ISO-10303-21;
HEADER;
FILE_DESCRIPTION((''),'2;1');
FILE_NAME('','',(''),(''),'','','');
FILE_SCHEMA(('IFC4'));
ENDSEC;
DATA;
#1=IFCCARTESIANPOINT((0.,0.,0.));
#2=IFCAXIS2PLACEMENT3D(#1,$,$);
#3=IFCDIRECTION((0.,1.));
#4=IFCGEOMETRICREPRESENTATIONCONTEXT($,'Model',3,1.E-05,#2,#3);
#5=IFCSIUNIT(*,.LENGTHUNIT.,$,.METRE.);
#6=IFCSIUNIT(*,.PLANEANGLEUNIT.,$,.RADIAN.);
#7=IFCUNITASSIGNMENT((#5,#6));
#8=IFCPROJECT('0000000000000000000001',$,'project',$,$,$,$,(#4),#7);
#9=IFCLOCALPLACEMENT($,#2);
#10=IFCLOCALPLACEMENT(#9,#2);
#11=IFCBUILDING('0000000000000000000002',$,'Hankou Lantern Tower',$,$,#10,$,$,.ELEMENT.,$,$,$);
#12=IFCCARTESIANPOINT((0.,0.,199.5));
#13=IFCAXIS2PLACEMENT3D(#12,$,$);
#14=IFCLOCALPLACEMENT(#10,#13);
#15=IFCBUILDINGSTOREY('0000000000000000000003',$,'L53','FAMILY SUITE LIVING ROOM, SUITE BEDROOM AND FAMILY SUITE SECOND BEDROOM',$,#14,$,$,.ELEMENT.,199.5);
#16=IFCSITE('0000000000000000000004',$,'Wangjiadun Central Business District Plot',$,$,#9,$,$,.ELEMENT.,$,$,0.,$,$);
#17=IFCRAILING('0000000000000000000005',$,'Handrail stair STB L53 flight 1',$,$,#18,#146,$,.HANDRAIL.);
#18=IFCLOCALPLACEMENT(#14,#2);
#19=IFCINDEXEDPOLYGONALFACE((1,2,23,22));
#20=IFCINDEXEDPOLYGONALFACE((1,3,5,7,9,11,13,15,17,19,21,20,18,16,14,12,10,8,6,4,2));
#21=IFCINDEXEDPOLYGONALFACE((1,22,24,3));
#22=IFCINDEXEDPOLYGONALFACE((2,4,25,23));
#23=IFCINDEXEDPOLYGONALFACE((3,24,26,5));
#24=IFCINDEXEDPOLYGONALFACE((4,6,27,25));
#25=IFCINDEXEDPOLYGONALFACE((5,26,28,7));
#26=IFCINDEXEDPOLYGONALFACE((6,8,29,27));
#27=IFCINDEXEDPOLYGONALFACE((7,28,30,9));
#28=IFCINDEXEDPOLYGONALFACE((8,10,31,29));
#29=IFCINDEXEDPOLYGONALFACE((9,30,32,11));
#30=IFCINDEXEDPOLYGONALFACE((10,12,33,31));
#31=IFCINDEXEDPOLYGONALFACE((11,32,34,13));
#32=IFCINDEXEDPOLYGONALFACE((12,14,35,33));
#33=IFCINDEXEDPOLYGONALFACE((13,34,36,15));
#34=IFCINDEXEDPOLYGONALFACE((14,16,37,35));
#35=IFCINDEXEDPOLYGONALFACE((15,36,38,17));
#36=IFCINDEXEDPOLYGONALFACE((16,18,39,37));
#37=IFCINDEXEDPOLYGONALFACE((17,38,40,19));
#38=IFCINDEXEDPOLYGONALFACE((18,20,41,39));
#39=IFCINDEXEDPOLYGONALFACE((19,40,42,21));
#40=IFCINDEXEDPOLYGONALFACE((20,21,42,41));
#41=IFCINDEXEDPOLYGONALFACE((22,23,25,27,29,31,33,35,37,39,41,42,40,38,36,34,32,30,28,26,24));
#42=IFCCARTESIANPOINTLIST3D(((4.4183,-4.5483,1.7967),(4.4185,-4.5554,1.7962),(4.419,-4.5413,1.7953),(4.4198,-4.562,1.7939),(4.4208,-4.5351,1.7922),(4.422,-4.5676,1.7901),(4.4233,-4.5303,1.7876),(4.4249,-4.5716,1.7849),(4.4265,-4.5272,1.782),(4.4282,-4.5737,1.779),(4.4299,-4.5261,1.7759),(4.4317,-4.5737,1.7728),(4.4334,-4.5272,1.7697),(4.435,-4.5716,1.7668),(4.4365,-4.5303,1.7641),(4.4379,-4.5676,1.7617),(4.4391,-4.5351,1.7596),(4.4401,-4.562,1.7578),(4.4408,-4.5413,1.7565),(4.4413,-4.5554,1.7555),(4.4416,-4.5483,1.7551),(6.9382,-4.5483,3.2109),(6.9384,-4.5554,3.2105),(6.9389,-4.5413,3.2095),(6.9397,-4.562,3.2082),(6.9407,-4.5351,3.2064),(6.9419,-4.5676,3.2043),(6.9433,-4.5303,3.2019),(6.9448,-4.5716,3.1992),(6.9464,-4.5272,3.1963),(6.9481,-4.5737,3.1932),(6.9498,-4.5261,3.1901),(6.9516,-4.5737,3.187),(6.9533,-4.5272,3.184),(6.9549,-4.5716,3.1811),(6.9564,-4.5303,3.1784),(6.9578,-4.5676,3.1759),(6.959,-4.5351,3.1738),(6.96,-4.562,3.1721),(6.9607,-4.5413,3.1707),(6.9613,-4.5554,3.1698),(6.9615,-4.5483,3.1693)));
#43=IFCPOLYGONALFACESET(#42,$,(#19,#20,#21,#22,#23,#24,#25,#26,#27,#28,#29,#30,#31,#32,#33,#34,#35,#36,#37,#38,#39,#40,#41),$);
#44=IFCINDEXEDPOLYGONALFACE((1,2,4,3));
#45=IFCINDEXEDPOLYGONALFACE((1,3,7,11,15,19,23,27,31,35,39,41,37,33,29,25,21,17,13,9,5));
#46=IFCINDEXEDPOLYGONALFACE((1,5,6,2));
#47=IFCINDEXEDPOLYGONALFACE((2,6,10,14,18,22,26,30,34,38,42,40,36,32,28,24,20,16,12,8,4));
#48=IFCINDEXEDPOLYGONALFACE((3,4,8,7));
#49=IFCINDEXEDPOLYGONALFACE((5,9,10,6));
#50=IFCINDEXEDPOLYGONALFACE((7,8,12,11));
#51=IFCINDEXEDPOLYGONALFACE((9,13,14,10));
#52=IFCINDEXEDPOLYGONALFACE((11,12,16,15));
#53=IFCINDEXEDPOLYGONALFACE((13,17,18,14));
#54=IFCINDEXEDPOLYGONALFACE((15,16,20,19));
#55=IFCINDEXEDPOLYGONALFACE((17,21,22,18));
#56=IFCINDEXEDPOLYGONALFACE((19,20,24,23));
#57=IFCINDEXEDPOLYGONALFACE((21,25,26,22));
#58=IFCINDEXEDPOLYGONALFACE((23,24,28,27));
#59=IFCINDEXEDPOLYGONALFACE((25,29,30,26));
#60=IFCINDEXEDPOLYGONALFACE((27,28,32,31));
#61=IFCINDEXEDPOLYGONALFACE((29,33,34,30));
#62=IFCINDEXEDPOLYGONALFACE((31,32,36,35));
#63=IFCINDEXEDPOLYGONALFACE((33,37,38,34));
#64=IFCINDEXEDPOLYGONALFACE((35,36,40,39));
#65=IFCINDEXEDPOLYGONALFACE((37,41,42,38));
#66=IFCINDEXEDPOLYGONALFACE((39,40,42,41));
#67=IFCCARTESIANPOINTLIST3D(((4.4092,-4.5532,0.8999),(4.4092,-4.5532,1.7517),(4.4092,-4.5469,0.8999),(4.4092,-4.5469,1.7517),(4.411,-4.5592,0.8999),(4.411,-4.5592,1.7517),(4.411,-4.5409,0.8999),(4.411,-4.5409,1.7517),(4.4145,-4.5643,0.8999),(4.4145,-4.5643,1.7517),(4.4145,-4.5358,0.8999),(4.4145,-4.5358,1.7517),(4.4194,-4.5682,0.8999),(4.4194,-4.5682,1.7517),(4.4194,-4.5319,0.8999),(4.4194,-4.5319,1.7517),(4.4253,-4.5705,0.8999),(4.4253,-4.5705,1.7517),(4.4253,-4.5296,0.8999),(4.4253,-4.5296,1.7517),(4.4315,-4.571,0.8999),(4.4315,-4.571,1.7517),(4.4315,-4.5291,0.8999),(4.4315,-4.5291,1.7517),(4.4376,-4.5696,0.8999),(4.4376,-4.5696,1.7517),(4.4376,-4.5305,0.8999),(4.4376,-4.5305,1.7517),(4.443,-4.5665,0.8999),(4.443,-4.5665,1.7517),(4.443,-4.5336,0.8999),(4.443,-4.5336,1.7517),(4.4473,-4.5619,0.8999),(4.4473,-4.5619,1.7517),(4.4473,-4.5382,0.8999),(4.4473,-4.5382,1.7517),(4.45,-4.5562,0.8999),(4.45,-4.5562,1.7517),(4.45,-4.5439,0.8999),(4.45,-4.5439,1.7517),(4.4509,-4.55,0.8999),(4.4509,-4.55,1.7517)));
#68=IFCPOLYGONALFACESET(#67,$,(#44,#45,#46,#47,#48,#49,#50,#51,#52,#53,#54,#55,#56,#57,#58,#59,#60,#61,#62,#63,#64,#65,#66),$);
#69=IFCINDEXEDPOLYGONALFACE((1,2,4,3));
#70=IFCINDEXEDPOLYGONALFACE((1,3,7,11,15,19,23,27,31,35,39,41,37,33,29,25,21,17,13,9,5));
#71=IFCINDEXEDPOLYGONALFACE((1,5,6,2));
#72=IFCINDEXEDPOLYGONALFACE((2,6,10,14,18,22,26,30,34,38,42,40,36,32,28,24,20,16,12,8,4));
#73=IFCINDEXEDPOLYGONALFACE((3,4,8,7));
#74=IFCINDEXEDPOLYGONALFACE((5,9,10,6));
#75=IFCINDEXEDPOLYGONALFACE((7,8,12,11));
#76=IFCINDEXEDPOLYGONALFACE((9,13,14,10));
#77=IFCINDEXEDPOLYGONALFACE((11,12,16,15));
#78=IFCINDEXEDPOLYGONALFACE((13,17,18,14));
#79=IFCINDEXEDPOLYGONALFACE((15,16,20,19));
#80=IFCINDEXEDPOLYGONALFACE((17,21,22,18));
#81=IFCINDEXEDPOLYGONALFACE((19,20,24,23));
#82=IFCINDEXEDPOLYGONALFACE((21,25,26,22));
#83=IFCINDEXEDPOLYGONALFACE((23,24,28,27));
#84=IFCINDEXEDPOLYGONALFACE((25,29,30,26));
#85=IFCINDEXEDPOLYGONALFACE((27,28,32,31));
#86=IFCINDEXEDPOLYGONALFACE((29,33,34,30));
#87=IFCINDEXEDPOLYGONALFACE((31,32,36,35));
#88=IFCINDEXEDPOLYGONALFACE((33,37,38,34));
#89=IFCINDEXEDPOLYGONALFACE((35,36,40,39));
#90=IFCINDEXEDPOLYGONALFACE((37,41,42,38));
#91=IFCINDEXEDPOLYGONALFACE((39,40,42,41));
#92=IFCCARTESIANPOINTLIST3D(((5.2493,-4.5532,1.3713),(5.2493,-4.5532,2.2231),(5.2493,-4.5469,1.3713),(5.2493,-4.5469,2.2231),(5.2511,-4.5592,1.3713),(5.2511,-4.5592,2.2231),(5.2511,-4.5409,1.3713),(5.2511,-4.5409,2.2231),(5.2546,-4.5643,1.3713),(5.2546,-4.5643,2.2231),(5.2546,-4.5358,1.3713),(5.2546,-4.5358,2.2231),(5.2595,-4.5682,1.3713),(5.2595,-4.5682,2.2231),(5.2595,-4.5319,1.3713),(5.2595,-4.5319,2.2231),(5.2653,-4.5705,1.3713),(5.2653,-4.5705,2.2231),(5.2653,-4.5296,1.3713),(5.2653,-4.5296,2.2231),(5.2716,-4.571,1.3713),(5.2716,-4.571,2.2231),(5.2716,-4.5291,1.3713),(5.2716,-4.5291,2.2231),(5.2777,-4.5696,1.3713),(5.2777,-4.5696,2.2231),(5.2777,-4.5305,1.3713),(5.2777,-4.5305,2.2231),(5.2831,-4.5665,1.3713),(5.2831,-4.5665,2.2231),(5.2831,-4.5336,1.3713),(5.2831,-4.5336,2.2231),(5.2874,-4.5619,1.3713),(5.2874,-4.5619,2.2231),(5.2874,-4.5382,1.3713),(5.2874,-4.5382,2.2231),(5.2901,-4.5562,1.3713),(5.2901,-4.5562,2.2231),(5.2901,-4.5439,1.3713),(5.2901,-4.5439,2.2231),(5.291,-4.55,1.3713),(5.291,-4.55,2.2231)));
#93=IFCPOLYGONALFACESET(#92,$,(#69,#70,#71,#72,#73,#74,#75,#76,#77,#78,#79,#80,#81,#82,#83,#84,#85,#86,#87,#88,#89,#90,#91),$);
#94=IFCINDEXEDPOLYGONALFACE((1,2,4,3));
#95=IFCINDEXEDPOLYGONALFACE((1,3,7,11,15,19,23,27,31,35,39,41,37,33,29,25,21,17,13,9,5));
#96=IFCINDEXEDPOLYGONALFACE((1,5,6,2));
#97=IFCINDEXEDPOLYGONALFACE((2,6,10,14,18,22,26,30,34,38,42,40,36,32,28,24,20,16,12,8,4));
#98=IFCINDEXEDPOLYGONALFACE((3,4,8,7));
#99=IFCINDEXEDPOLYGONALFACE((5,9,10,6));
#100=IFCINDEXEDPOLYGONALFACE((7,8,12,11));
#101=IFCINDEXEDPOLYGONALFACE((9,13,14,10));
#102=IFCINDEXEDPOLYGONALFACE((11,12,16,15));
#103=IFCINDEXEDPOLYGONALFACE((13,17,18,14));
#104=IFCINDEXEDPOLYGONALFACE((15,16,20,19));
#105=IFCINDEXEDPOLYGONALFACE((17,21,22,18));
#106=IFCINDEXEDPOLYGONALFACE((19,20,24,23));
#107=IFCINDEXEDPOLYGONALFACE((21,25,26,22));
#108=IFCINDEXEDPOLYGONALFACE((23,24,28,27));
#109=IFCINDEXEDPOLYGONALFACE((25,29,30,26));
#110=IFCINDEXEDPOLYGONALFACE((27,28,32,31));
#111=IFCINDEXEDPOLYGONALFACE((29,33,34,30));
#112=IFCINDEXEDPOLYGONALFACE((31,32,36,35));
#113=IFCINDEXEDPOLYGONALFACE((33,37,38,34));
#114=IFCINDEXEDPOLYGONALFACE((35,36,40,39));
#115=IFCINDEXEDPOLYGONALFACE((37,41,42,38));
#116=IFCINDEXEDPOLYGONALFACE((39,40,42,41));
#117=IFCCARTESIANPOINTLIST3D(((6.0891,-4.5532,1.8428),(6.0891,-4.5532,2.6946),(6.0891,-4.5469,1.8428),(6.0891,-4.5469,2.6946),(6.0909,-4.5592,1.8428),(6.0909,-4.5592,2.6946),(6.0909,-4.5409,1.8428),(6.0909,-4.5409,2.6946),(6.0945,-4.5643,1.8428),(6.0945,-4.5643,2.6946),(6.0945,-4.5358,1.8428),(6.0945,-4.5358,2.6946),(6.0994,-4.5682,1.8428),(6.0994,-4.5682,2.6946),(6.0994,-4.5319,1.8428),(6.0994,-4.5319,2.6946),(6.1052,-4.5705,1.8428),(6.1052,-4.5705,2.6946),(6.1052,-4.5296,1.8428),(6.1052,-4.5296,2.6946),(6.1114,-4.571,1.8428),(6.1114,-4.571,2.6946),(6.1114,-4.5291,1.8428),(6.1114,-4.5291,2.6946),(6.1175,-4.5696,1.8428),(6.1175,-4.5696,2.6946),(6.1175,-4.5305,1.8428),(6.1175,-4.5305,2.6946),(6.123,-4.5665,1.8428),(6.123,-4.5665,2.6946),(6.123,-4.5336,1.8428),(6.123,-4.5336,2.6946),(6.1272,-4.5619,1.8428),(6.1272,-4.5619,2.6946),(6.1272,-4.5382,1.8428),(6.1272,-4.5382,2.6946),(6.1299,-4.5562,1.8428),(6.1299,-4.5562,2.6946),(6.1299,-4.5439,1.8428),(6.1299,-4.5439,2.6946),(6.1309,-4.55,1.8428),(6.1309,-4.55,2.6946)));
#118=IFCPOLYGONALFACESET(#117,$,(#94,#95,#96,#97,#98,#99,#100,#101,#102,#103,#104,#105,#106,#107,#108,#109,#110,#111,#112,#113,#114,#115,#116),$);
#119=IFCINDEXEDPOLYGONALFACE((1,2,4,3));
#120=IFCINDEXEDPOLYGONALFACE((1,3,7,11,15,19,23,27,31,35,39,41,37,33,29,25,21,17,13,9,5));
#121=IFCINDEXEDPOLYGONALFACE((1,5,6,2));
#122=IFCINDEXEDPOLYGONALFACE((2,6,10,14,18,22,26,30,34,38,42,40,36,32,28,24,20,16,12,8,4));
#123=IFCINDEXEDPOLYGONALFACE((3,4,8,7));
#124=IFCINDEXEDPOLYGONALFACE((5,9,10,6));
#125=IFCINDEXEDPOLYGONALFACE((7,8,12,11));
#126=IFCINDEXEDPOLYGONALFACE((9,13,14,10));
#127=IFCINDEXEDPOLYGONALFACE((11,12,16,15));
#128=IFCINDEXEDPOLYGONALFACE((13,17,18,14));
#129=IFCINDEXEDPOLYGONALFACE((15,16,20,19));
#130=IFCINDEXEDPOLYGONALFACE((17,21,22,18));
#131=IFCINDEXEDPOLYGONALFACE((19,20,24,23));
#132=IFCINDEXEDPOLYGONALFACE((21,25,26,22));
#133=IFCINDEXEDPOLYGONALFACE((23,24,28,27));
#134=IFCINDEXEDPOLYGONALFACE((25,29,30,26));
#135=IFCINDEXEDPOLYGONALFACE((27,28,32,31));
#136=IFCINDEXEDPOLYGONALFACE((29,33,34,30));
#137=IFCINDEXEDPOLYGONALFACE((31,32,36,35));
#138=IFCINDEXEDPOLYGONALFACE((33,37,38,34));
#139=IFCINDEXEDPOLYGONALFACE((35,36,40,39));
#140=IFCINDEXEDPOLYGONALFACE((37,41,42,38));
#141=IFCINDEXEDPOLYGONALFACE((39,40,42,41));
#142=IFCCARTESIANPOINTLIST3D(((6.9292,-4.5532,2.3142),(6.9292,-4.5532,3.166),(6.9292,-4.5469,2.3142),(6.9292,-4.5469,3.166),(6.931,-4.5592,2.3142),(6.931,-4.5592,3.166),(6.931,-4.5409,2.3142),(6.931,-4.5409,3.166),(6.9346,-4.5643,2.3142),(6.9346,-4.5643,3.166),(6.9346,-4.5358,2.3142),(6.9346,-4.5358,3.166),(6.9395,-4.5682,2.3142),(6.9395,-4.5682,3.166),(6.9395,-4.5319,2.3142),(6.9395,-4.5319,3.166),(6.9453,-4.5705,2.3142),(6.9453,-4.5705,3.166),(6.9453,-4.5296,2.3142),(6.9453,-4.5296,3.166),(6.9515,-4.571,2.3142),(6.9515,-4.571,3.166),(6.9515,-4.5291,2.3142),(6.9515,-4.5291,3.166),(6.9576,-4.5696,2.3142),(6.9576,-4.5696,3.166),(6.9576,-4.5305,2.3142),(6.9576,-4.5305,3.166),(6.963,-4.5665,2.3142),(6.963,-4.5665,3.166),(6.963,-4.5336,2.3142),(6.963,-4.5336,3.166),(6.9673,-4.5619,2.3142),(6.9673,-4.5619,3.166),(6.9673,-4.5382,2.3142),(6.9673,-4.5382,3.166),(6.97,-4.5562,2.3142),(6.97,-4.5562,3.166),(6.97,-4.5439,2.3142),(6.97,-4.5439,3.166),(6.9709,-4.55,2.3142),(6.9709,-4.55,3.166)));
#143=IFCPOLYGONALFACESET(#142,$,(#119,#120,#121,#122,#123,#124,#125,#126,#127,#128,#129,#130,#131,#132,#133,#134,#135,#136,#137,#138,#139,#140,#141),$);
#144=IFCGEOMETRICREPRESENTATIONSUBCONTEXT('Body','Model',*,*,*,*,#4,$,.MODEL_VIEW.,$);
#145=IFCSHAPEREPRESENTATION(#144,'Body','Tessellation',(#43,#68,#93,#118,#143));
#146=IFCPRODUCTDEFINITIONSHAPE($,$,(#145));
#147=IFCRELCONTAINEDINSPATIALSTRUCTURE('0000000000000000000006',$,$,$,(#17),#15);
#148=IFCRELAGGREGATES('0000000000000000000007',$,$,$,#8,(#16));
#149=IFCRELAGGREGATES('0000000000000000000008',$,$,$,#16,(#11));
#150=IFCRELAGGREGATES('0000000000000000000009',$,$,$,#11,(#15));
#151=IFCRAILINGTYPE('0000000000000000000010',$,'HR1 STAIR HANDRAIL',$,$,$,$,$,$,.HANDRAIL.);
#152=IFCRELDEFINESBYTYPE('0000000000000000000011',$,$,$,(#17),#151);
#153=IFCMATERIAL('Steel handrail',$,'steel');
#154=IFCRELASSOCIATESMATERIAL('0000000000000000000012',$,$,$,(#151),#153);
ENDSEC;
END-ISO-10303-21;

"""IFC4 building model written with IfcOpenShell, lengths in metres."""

from ifc_helpers import new_model, si_unit, direction, frame, origin, origin_2d, place, context, subcontext, project, spatial, circle, extrude, material, type_object, element, save


model = new_model("IFC4")

# Units and contexts
model_context = context("Model", 3, precision=1e-05, world=origin(), true_north=direction((0.0, 1.0)))
body_context = subcontext(model_context, "Body", "Model", "MODEL_VIEW")
ifc_project = project(units=[si_unit("LENGTHUNIT", "METRE"), si_unit("PLANEANGLEUNIT", "RADIAN")], contexts=[model_context])

# Site, building, storey
site_placement = place(None, origin())
site = spatial("IfcSite", under=ifc_project, at=site_placement, Name="Wangjiadun Central Business District Plot", CompositionType="ELEMENT", RefElevation=0.0)
building_placement = place(site_placement, origin())
building = spatial("IfcBuilding", under=site, at=building_placement, Name="Hankou Lantern Tower", CompositionType="ELEMENT")
storey_placement = place(building_placement, frame((0.0, 0.0, 199.5)))
storey = spatial("IfcBuildingStorey", under=building, at=storey_placement, Name="L53", Description="FAMILY SUITE LIVING ROOM, SUITE BEDROOM AND FAMILY SUITE SECOND BEDROOM", CompositionType="ELEMENT", Elevation=199.5)

# Railing
ifc_material_1 = material(Name="Steel handrail", Category="steel")
railing_type = type_object("IfcRailingType", Name="HR1 STAIR HANDRAIL", PredefinedType="HANDRAIL", material=ifc_material_1)
railing_1_placement = place(storey_placement, frame((4.4299, -4.55, 0.8999)))
element("IfcRailing", 1, at=railing_1_placement, inside=storey, type_object=railing_type, Name="Handrail stair STB L53 flight 1", PredefinedType="HANDRAIL", context=body_context, shape_type="SweptSolid", body=[
    extrude(circle(Radius=0.0239, at=origin_2d()), frame((0.0, 0.0, 0.876), z_axis=(0.872049, 0.0, 0.489419), x_axis=(0.0, 1.0, 0.0)), (0.0, 0.0, 1.0), 2.8896),
    extrude(circle(Radius=0.021, at=origin_2d()), origin(), (0.0, 0.0, 1.0), 0.8518),
    extrude(circle(Radius=0.021, at=origin_2d()), frame((0.8401, 0.0, 0.4714)), (0.0, 0.0, 1.0), 0.8518),
    extrude(circle(Radius=0.021, at=origin_2d()), frame((1.6799, 0.0, 0.9429)), (0.0, 0.0, 1.0), 0.8518),
    extrude(circle(Radius=0.021, at=origin_2d()), frame((2.52, 0.0, 1.4143)), (0.0, 0.0, 1.0), 0.8518),
])

save(model, "model.ifc")
